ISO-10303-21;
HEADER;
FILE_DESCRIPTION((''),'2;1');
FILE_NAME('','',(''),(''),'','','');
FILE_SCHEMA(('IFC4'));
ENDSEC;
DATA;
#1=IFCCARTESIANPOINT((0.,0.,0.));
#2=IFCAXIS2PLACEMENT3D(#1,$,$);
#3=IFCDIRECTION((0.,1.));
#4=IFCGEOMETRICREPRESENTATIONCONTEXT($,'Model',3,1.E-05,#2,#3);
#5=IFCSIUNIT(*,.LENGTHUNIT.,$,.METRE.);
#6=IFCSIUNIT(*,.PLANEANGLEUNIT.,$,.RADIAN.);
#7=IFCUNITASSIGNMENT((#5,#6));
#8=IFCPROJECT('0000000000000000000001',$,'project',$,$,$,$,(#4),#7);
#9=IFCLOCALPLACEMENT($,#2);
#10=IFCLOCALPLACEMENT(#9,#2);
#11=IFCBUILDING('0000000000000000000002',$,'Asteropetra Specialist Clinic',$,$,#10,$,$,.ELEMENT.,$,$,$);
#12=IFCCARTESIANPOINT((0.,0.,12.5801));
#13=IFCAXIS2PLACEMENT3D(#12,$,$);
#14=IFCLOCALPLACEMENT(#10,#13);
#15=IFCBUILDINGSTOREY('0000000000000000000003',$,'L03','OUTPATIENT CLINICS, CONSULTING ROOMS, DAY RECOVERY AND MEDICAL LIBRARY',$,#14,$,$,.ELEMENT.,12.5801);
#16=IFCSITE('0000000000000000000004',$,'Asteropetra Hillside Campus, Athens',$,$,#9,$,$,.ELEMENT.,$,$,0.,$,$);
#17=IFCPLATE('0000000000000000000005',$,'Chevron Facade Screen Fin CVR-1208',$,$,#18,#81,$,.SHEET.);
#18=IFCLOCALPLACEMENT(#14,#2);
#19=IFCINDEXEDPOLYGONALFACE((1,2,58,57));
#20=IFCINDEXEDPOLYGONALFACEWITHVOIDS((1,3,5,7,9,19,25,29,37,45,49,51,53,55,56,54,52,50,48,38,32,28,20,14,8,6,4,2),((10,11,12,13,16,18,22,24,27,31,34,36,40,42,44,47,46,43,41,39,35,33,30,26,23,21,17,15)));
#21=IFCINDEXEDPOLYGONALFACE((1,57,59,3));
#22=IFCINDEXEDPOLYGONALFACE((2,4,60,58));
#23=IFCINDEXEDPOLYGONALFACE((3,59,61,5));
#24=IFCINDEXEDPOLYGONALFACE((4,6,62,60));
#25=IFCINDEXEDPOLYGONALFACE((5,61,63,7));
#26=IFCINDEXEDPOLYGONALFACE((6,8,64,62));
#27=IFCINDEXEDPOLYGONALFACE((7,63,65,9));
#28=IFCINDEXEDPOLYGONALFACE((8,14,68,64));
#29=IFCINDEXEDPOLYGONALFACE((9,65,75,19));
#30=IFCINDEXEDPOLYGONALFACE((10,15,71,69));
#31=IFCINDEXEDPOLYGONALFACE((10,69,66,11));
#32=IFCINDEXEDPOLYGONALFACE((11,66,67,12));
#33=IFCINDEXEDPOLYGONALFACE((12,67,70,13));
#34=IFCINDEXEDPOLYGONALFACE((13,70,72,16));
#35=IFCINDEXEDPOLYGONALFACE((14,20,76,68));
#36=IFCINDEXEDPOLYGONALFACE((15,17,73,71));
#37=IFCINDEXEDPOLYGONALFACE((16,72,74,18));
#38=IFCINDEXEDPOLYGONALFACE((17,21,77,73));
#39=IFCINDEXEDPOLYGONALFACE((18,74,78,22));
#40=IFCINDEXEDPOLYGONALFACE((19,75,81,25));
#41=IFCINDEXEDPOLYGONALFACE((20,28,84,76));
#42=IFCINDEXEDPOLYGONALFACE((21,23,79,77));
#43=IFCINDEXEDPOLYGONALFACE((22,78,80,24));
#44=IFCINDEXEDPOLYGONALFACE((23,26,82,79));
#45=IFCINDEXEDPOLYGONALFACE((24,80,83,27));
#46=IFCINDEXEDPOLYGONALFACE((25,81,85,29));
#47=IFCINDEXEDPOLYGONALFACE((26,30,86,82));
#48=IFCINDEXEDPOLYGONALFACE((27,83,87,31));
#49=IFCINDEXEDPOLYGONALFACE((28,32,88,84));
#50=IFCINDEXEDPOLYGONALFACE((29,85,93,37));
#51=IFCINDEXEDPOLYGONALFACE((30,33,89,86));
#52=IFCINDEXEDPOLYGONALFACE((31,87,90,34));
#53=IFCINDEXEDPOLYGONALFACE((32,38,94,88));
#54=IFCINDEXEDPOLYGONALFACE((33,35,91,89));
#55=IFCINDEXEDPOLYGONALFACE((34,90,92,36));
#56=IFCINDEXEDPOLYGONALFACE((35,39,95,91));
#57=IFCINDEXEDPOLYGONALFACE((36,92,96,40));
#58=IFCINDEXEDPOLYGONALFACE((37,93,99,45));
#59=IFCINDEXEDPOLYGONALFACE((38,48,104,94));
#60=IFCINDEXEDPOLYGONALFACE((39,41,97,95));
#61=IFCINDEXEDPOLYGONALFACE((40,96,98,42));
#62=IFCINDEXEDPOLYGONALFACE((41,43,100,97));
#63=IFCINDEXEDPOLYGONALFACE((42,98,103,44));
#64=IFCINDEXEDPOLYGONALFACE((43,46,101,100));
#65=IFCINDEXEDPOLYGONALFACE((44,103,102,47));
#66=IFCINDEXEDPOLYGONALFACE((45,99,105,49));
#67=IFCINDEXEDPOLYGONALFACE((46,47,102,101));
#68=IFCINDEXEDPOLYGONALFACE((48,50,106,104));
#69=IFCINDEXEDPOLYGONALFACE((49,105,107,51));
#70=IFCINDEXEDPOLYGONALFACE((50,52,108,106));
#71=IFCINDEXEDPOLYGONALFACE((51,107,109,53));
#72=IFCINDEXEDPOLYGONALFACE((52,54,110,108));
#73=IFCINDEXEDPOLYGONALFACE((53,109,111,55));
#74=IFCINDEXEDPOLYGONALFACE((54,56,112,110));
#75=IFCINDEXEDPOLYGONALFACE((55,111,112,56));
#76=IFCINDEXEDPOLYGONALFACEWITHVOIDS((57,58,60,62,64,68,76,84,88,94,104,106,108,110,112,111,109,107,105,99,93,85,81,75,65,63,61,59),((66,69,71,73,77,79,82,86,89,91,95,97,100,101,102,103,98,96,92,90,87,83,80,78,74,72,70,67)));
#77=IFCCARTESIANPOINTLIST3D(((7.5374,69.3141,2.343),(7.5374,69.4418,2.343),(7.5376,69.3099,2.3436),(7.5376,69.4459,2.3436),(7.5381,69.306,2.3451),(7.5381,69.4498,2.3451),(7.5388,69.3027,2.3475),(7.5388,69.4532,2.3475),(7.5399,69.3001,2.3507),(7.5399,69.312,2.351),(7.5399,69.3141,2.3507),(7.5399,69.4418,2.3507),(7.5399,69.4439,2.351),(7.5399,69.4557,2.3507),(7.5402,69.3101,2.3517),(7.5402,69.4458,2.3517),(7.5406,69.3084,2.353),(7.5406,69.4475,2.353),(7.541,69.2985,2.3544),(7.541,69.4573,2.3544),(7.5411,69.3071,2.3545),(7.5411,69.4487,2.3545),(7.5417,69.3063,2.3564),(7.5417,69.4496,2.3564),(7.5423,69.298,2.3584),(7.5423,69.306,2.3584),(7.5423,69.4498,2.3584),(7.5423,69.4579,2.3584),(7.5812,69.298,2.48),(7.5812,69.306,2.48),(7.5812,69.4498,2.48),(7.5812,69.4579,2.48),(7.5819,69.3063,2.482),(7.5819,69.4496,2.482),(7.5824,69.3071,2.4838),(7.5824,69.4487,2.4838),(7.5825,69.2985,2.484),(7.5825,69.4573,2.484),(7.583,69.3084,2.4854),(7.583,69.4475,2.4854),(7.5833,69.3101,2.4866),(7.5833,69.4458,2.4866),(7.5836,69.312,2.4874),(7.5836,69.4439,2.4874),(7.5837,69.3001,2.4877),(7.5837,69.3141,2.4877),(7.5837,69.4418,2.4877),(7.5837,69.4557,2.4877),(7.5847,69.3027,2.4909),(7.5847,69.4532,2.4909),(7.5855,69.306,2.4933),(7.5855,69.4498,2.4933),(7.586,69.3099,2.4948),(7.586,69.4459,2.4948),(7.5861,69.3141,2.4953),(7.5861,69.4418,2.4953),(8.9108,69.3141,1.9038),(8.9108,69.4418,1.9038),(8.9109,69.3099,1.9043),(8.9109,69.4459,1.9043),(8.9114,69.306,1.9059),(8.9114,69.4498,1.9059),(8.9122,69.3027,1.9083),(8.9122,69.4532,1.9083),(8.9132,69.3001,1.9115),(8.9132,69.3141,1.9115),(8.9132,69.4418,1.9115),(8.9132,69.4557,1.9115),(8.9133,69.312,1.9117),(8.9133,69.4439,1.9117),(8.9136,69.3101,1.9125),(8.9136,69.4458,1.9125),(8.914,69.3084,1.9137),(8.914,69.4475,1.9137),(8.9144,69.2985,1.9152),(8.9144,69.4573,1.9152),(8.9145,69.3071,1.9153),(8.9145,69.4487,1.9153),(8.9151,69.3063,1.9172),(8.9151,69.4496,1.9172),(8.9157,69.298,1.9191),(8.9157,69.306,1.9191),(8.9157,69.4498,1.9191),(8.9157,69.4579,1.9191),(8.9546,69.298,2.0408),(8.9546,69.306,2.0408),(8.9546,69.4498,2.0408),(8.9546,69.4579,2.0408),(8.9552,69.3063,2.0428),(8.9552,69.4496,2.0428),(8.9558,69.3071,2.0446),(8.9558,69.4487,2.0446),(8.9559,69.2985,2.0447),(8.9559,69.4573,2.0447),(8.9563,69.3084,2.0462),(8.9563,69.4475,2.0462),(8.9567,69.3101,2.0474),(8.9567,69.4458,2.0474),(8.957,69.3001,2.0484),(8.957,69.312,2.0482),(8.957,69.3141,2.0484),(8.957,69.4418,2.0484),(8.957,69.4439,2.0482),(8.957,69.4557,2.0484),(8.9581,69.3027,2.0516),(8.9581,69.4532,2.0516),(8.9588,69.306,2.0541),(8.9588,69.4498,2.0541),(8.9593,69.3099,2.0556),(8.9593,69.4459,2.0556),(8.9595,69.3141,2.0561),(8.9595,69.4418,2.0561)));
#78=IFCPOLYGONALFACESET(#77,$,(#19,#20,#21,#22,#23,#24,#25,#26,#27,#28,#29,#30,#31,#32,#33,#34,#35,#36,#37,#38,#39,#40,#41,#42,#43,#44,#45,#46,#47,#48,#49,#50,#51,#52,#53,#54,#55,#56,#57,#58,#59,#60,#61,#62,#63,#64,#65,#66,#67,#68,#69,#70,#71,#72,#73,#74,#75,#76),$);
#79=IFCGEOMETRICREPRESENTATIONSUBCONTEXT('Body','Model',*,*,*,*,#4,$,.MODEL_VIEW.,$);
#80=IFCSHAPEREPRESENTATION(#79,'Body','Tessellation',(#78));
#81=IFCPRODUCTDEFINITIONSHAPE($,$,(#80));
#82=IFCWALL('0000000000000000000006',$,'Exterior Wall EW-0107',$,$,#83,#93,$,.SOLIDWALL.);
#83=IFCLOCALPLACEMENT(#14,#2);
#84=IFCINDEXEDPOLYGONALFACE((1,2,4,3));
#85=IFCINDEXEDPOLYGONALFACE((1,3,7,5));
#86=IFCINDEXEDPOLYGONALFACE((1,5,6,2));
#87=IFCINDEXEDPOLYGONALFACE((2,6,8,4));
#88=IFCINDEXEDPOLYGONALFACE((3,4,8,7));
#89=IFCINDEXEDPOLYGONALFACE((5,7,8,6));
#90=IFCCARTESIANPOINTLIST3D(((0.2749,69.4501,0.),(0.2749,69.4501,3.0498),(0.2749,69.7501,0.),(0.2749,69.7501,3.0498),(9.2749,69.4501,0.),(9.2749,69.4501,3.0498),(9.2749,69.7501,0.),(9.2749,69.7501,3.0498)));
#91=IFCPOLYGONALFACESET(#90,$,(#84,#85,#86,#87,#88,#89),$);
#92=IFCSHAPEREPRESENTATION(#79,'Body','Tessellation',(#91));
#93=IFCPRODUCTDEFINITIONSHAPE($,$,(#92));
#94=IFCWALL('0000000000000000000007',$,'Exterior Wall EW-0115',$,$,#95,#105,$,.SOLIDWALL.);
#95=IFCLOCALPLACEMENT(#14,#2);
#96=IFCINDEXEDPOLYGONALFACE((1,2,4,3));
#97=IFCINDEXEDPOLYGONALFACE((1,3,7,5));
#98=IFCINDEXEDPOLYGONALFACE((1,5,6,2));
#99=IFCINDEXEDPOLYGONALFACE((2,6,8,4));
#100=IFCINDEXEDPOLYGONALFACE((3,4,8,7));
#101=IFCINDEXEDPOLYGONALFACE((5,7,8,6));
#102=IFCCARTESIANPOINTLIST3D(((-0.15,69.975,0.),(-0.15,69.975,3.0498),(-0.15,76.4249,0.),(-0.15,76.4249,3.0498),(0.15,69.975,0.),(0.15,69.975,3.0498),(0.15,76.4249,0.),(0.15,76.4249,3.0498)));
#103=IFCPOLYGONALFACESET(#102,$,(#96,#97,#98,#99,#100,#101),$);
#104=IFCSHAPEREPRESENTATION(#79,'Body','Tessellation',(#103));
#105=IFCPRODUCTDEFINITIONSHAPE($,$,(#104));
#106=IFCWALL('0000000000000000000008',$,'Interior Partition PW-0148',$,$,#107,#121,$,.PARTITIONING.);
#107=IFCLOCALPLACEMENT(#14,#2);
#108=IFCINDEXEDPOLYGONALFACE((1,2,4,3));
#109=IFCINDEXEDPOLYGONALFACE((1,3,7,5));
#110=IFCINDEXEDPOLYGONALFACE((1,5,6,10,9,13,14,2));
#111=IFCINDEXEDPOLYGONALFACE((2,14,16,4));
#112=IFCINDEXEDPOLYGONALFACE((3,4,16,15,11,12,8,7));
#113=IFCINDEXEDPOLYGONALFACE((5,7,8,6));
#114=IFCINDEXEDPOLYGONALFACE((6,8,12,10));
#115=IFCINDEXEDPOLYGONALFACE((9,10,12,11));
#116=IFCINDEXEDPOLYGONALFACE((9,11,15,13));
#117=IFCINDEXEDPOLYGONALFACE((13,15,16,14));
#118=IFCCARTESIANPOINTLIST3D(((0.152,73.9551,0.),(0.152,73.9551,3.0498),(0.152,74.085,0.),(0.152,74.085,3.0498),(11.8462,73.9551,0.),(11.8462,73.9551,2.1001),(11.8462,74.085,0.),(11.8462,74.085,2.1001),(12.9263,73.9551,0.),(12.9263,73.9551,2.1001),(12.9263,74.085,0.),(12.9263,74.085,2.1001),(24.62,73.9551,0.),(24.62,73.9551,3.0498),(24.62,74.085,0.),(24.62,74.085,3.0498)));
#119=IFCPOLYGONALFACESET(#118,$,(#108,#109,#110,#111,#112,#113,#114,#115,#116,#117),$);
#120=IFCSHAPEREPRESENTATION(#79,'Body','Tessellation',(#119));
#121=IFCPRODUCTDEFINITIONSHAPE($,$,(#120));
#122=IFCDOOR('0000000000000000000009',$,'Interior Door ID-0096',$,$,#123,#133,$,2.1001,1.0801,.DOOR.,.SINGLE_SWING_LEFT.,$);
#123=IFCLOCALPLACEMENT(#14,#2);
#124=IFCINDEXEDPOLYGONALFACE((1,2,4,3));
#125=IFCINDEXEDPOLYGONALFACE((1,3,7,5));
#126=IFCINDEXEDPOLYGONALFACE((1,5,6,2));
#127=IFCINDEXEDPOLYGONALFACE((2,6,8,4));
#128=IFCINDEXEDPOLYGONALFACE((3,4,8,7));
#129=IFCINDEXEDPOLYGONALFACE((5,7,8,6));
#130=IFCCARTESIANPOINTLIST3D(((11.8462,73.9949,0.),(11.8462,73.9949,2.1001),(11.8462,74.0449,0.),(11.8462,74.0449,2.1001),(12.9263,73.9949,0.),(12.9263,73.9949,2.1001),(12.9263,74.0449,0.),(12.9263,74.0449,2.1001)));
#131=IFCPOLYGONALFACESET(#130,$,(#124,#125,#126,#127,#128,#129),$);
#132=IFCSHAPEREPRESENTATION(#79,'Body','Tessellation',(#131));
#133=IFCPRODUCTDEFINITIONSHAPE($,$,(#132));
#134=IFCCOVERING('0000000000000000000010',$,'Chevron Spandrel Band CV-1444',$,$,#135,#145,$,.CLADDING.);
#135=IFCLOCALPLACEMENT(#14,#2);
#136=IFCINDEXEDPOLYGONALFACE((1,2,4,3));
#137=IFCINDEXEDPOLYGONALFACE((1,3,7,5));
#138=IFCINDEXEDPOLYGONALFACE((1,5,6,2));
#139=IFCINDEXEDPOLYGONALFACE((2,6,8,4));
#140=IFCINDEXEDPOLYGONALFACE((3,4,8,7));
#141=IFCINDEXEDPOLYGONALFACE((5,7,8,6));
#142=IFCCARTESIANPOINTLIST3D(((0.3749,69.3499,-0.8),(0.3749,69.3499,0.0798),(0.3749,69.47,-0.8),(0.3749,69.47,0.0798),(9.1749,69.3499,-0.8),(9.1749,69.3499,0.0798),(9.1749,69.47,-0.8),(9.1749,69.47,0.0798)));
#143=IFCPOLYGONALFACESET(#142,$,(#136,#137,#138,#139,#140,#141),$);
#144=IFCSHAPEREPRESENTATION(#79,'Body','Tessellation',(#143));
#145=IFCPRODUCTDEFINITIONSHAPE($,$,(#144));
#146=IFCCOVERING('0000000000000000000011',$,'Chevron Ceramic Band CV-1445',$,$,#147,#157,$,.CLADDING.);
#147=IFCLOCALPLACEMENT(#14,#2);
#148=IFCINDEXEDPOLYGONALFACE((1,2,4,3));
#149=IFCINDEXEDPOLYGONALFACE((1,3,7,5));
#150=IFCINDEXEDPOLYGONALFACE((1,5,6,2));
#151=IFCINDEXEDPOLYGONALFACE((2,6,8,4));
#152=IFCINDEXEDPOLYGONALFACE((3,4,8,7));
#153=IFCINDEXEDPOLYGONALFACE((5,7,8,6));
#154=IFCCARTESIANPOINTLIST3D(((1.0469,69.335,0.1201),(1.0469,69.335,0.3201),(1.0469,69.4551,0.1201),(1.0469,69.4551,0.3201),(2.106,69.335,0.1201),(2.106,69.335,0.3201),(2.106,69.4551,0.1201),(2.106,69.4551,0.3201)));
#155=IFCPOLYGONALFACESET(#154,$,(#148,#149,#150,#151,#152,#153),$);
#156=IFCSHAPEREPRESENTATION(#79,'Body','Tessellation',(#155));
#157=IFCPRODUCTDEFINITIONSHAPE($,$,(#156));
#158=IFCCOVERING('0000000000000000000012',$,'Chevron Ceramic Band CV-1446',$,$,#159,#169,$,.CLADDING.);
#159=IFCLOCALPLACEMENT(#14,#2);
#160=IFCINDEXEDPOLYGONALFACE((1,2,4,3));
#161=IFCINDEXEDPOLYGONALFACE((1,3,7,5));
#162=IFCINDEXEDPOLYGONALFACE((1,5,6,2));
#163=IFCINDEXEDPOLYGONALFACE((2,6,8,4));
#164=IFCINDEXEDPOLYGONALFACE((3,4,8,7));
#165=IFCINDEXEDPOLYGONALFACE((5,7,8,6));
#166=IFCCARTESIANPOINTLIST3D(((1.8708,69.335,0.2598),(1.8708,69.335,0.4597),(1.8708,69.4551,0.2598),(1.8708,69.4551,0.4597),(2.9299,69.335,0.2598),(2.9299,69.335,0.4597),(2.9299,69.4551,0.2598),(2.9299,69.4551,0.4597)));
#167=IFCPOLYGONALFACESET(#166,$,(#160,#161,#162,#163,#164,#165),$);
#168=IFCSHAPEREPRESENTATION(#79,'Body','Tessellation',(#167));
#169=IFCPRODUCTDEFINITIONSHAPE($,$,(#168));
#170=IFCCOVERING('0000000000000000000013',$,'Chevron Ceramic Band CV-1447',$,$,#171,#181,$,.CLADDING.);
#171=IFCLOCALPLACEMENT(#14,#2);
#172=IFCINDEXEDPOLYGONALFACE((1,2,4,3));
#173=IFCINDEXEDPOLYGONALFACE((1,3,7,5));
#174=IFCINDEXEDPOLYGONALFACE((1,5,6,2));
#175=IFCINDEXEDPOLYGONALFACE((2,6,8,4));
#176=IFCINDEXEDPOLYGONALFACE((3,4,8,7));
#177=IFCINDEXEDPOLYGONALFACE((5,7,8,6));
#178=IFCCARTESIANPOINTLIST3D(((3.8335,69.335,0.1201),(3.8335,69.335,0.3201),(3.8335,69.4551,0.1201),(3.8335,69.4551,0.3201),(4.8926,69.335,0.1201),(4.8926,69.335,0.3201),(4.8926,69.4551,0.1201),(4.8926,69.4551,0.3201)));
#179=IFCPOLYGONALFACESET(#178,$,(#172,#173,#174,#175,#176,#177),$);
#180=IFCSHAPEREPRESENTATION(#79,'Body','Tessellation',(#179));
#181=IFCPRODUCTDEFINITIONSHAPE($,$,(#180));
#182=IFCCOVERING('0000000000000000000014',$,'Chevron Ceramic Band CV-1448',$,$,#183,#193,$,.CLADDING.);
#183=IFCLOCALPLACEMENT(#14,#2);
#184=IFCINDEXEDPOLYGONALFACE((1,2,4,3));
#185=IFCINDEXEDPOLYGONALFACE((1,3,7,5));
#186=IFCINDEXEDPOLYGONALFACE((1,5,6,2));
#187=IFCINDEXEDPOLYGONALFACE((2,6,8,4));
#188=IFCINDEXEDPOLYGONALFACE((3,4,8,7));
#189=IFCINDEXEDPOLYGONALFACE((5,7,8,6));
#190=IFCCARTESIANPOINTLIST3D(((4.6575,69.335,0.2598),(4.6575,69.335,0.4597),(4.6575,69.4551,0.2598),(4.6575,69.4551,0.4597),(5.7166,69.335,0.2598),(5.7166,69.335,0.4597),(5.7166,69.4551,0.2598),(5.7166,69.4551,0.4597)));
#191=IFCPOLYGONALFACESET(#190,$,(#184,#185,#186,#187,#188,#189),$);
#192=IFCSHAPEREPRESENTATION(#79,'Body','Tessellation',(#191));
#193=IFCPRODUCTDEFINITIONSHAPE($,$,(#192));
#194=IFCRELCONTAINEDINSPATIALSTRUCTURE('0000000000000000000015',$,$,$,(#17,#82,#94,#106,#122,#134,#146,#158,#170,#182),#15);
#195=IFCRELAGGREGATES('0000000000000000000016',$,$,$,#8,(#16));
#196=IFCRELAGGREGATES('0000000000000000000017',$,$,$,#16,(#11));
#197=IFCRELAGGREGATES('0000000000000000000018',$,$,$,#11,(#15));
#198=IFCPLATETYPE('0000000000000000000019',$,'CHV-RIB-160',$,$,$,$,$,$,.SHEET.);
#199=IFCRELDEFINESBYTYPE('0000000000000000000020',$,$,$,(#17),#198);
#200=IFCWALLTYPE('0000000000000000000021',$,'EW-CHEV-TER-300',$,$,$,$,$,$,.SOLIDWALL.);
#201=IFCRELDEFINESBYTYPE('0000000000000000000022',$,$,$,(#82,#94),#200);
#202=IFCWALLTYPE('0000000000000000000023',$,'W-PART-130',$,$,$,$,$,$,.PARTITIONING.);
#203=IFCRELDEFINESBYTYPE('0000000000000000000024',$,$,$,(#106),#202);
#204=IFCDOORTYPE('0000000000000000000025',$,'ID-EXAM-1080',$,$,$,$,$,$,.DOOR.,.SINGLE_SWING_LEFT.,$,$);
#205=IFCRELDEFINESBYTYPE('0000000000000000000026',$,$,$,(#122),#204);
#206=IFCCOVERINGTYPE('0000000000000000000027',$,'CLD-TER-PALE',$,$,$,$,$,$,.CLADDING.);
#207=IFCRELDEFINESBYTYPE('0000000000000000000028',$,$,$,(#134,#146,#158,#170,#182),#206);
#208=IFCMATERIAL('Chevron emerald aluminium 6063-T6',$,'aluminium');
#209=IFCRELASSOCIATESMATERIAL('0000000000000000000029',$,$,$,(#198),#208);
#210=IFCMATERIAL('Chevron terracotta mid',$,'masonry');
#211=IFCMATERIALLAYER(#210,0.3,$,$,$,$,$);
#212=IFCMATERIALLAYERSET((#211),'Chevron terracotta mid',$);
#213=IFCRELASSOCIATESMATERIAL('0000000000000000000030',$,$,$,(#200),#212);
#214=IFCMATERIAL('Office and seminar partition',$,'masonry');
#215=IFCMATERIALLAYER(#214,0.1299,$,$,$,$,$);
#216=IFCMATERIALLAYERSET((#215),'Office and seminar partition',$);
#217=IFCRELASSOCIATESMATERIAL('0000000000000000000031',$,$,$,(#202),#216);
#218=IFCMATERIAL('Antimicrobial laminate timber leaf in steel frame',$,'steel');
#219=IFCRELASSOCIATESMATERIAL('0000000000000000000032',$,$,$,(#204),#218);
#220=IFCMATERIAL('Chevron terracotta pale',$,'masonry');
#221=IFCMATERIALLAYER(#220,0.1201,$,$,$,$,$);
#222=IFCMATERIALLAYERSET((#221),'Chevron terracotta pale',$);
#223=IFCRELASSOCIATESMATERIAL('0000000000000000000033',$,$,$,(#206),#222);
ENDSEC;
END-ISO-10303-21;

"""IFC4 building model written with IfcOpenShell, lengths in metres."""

from ifc_helpers import new_model, si_unit, direction, frame, frame_2d, origin, origin_2d, place, context, subcontext, project, spatial, rectangle, hollow_rectangle, extrude, material, layer, layer_set, material_profile, profile_set, type_object, element, fill, save


model = new_model("IFC4")

# Units and contexts
model_context = context("Model", 3, precision=1e-05, world=origin(), true_north=direction((0.0, 1.0)))
body_context = subcontext(model_context, "Body", "Model", "MODEL_VIEW")
ifc_project = project(units=[si_unit("LENGTHUNIT", "METRE"), si_unit("PLANEANGLEUNIT", "RADIAN")], contexts=[model_context])

# Site, building, storey
site_placement = place(None, origin())
site = spatial("IfcSite", under=ifc_project, at=site_placement, Name="Asteropetra Hillside Campus, Athens", CompositionType="ELEMENT", RefElevation=0.0)
building_placement = place(site_placement, origin())
building = spatial("IfcBuilding", under=site, at=building_placement, Name="Asteropetra Specialist Clinic", CompositionType="ELEMENT")
storey_placement = place(building_placement, frame((0.0, 0.0, 12.5801)))
storey = spatial("IfcBuildingStorey", under=building, at=storey_placement, Name="L03", Description="OUTPATIENT CLINICS, CONSULTING ROOMS, DAY RECOVERY AND MEDICAL LIBRARY", CompositionType="ELEMENT", Elevation=12.5801)

# Plate
ifc_material_1 = material(Name="Chevron emerald aluminium 6063-T6", Category="aluminium")
ifc_material_profile_1 = material_profile(ifc_material_1, hollow_rectangle(XDim=0.1599, YDim=0.1599, WallThickness=0.0081, InnerFilletRadius=0.0081, OuterFilletRadius=0.0161, at=origin_2d()), Name="SHS 160x160x8.0")
ifc_profile_set_1 = profile_set([ifc_material_profile_1], Name="Chevron emerald aluminium 6063-T6")
plate_type = type_object("IfcPlateType", Name="CHV-RIB-160", PredefinedType="SHEET", material=ifc_profile_set_1)
plate_1_placement = place(storey_placement, frame((7.5618, 69.3779, 2.4192), z_axis=(0.952473, 0.0, -0.304622), x_axis=(0.0, 1.0, 0.0)))
element("IfcPlate", 1, at=plate_1_placement, inside=storey, type_object=plate_type, Name="Chevron Facade Screen Fin CVR-1208", PredefinedType="SHEET", context=body_context, shape_type="SweptSolid", body=[
    extrude(hollow_rectangle(XDim=0.1599, YDim=0.1599, WallThickness=0.0081, InnerFilletRadius=0.0081, OuterFilletRadius=0.0161, at=origin_2d()), origin(), (0.0, 0.0, 1.0), 1.4419),
])

# Walls
ifc_material_2 = material(Name="Chevron terracotta mid", Category="masonry")
ifc_layer_1 = layer(ifc_material_2, 0.3)
ifc_layer_set_1 = layer_set([ifc_layer_1], Name="Chevron terracotta mid")
wall_type_1 = type_object("IfcWallType", Name="EW-CHEV-TER-300", PredefinedType="SOLIDWALL", material=ifc_layer_set_1)
wall_1_placement = place(storey_placement, frame((0.2749, 69.6001, 0.0), z_axis=(0.0, 0.0, 1.0), x_axis=(1.0, 0.0, 0.0)))
element("IfcWall", 2, at=wall_1_placement, inside=storey, type_object=wall_type_1, Name="Exterior Wall EW-0107", PredefinedType="SOLIDWALL", context=body_context, shape_type="SweptSolid", body=[
    extrude(rectangle(XDim=9.0, YDim=0.3, at=frame_2d((4.5, 0.0))), origin(), (0.0, 0.0, 1.0), 3.0498),
])
wall_2_placement = place(storey_placement, frame((0.0, 76.425, 0.0), z_axis=(0.0, 0.0, 1.0), x_axis=(0.0, -1.0, 0.0)))
element("IfcWall", 3, at=wall_2_placement, inside=storey, type_object=wall_type_1, Name="Exterior Wall EW-0115", PredefinedType="SOLIDWALL", context=body_context, shape_type="SweptSolid", body=[
    extrude(rectangle(XDim=6.45, YDim=0.3, at=frame_2d((3.2251, 0.0))), origin(), (0.0, 0.0, 1.0), 3.0498),
])

# Wall, opening, door
ifc_material_3 = material(Name="Office and seminar partition", Category="masonry")
ifc_layer_2 = layer(ifc_material_3, 0.1299)
ifc_layer_set_2 = layer_set([ifc_layer_2], Name="Office and seminar partition")
wall_type_2 = type_object("IfcWallType", Name="W-PART-130", PredefinedType="PARTITIONING", material=ifc_layer_set_2)
wall_3_placement = place(storey_placement, frame((0.1521, 74.02, 0.0), z_axis=(0.0, 0.0, 1.0), x_axis=(1.0, 0.0, 0.0)))
wall_3 = element("IfcWall", 4, at=wall_3_placement, inside=storey, type_object=wall_type_2, Name="Interior Partition PW-0148", PredefinedType="PARTITIONING", context=body_context, shape_type="SweptSolid", body=[
    extrude(rectangle(XDim=24.468, YDim=0.1299, at=frame_2d((12.2339, 0.0))), origin(), (0.0, 0.0, 1.0), 3.0498),
])
opening_placement = place(wall_3_placement, frame((11.6941, 0.0, 0.0)))
opening = element("IfcOpeningElement", 5, at=opening_placement, cuts=wall_3, PredefinedType="OPENING", context=body_context, shape_type="SweptSolid", body=[
    extrude(rectangle(XDim=1.0801, YDim=2.1001, at=frame_2d((0.54, 1.05))), frame((0.0, 0.075, 0.0), z_axis=(0.0, -1.0, 0.0), x_axis=(1.0, 0.0, 0.0)), (0.0, 0.0, 1.0), 0.1499),
])
ifc_material_4 = material(Name="Antimicrobial laminate timber leaf in steel frame", Category="steel")
door_type = type_object("IfcDoorType", Name="ID-EXAM-1080", OperationType="SINGLE_SWING_LEFT", PredefinedType="DOOR", material=ifc_material_4)
door_placement = place(opening_placement, origin())
door = element("IfcDoor", 6, at=door_placement, inside=storey, type_object=door_type, Name="Interior Door ID-0096", OperationType="SINGLE_SWING_LEFT", OverallHeight=2.1001, OverallWidth=1.0801, PredefinedType="DOOR", context=body_context, shape_type="SweptSolid", body=[
    extrude(rectangle(XDim=1.0801, YDim=2.1001, at=frame_2d((0.54, 1.05))), frame((0.0, 0.0249, 0.0), z_axis=(0.0, -1.0, 0.0), x_axis=(1.0, 0.0, 0.0)), (0.0, 0.0, 1.0), 0.05),
])
fill(opening, door)

# Coverings
ifc_material_5 = material(Name="Chevron terracotta pale", Category="masonry")
ifc_layer_3 = layer(ifc_material_5, 0.1201)
ifc_layer_set_3 = layer_set([ifc_layer_3], Name="Chevron terracotta pale")
covering_type = type_object("IfcCoveringType", Name="CLD-TER-PALE", PredefinedType="CLADDING", material=ifc_layer_set_3)
covering_1_placement = place(storey_placement, frame((4.7749, 69.4099, -0.8), z_axis=(0.0, 0.0, 1.0), x_axis=(1.0, 0.0, 0.0)))
element("IfcCovering", 7, at=covering_1_placement, inside=storey, type_object=covering_type, Name="Chevron Spandrel Band CV-1444", PredefinedType="CLADDING", context=body_context, shape_type="SweptSolid", body=[
    extrude(rectangle(XDim=8.8, YDim=0.1201, at=origin_2d()), origin(), (0.0, 0.0, 1.0), 0.8799),
])
for number, where, z_axis, x_axis, name in (
    (8, (1.5764, 69.395, 0.1201), (0.0, 0.0, 1.0), (1.0, 0.0, 0.0), "Chevron Ceramic Band CV-1445"),
    (9, (2.4004, 69.395, 0.2598), (0.0, 0.0, 1.0), (1.0, 0.0, 0.0), "Chevron Ceramic Band CV-1446"),
    (10, (4.363, 69.395, 0.1201), (0.0, 0.0, 1.0), (1.0, 0.0, 0.0), "Chevron Ceramic Band CV-1447"),
    (11, (5.187, 69.395, 0.2598), (0.0, 0.0, 1.0), (1.0, 0.0, 0.0), "Chevron Ceramic Band CV-1448"),
):
    element("IfcCovering", number, at=place(storey_placement, frame(where, z_axis=z_axis, x_axis=x_axis)), inside=storey, type_object=covering_type, Name=name, PredefinedType="CLADDING", context=body_context, shape_type="SweptSolid", body=[
        extrude(rectangle(XDim=1.0591, YDim=0.1201, at=origin_2d()), origin(), (0.0, 0.0, 1.0), 0.2),
    ])

save(model, "model.ifc")
